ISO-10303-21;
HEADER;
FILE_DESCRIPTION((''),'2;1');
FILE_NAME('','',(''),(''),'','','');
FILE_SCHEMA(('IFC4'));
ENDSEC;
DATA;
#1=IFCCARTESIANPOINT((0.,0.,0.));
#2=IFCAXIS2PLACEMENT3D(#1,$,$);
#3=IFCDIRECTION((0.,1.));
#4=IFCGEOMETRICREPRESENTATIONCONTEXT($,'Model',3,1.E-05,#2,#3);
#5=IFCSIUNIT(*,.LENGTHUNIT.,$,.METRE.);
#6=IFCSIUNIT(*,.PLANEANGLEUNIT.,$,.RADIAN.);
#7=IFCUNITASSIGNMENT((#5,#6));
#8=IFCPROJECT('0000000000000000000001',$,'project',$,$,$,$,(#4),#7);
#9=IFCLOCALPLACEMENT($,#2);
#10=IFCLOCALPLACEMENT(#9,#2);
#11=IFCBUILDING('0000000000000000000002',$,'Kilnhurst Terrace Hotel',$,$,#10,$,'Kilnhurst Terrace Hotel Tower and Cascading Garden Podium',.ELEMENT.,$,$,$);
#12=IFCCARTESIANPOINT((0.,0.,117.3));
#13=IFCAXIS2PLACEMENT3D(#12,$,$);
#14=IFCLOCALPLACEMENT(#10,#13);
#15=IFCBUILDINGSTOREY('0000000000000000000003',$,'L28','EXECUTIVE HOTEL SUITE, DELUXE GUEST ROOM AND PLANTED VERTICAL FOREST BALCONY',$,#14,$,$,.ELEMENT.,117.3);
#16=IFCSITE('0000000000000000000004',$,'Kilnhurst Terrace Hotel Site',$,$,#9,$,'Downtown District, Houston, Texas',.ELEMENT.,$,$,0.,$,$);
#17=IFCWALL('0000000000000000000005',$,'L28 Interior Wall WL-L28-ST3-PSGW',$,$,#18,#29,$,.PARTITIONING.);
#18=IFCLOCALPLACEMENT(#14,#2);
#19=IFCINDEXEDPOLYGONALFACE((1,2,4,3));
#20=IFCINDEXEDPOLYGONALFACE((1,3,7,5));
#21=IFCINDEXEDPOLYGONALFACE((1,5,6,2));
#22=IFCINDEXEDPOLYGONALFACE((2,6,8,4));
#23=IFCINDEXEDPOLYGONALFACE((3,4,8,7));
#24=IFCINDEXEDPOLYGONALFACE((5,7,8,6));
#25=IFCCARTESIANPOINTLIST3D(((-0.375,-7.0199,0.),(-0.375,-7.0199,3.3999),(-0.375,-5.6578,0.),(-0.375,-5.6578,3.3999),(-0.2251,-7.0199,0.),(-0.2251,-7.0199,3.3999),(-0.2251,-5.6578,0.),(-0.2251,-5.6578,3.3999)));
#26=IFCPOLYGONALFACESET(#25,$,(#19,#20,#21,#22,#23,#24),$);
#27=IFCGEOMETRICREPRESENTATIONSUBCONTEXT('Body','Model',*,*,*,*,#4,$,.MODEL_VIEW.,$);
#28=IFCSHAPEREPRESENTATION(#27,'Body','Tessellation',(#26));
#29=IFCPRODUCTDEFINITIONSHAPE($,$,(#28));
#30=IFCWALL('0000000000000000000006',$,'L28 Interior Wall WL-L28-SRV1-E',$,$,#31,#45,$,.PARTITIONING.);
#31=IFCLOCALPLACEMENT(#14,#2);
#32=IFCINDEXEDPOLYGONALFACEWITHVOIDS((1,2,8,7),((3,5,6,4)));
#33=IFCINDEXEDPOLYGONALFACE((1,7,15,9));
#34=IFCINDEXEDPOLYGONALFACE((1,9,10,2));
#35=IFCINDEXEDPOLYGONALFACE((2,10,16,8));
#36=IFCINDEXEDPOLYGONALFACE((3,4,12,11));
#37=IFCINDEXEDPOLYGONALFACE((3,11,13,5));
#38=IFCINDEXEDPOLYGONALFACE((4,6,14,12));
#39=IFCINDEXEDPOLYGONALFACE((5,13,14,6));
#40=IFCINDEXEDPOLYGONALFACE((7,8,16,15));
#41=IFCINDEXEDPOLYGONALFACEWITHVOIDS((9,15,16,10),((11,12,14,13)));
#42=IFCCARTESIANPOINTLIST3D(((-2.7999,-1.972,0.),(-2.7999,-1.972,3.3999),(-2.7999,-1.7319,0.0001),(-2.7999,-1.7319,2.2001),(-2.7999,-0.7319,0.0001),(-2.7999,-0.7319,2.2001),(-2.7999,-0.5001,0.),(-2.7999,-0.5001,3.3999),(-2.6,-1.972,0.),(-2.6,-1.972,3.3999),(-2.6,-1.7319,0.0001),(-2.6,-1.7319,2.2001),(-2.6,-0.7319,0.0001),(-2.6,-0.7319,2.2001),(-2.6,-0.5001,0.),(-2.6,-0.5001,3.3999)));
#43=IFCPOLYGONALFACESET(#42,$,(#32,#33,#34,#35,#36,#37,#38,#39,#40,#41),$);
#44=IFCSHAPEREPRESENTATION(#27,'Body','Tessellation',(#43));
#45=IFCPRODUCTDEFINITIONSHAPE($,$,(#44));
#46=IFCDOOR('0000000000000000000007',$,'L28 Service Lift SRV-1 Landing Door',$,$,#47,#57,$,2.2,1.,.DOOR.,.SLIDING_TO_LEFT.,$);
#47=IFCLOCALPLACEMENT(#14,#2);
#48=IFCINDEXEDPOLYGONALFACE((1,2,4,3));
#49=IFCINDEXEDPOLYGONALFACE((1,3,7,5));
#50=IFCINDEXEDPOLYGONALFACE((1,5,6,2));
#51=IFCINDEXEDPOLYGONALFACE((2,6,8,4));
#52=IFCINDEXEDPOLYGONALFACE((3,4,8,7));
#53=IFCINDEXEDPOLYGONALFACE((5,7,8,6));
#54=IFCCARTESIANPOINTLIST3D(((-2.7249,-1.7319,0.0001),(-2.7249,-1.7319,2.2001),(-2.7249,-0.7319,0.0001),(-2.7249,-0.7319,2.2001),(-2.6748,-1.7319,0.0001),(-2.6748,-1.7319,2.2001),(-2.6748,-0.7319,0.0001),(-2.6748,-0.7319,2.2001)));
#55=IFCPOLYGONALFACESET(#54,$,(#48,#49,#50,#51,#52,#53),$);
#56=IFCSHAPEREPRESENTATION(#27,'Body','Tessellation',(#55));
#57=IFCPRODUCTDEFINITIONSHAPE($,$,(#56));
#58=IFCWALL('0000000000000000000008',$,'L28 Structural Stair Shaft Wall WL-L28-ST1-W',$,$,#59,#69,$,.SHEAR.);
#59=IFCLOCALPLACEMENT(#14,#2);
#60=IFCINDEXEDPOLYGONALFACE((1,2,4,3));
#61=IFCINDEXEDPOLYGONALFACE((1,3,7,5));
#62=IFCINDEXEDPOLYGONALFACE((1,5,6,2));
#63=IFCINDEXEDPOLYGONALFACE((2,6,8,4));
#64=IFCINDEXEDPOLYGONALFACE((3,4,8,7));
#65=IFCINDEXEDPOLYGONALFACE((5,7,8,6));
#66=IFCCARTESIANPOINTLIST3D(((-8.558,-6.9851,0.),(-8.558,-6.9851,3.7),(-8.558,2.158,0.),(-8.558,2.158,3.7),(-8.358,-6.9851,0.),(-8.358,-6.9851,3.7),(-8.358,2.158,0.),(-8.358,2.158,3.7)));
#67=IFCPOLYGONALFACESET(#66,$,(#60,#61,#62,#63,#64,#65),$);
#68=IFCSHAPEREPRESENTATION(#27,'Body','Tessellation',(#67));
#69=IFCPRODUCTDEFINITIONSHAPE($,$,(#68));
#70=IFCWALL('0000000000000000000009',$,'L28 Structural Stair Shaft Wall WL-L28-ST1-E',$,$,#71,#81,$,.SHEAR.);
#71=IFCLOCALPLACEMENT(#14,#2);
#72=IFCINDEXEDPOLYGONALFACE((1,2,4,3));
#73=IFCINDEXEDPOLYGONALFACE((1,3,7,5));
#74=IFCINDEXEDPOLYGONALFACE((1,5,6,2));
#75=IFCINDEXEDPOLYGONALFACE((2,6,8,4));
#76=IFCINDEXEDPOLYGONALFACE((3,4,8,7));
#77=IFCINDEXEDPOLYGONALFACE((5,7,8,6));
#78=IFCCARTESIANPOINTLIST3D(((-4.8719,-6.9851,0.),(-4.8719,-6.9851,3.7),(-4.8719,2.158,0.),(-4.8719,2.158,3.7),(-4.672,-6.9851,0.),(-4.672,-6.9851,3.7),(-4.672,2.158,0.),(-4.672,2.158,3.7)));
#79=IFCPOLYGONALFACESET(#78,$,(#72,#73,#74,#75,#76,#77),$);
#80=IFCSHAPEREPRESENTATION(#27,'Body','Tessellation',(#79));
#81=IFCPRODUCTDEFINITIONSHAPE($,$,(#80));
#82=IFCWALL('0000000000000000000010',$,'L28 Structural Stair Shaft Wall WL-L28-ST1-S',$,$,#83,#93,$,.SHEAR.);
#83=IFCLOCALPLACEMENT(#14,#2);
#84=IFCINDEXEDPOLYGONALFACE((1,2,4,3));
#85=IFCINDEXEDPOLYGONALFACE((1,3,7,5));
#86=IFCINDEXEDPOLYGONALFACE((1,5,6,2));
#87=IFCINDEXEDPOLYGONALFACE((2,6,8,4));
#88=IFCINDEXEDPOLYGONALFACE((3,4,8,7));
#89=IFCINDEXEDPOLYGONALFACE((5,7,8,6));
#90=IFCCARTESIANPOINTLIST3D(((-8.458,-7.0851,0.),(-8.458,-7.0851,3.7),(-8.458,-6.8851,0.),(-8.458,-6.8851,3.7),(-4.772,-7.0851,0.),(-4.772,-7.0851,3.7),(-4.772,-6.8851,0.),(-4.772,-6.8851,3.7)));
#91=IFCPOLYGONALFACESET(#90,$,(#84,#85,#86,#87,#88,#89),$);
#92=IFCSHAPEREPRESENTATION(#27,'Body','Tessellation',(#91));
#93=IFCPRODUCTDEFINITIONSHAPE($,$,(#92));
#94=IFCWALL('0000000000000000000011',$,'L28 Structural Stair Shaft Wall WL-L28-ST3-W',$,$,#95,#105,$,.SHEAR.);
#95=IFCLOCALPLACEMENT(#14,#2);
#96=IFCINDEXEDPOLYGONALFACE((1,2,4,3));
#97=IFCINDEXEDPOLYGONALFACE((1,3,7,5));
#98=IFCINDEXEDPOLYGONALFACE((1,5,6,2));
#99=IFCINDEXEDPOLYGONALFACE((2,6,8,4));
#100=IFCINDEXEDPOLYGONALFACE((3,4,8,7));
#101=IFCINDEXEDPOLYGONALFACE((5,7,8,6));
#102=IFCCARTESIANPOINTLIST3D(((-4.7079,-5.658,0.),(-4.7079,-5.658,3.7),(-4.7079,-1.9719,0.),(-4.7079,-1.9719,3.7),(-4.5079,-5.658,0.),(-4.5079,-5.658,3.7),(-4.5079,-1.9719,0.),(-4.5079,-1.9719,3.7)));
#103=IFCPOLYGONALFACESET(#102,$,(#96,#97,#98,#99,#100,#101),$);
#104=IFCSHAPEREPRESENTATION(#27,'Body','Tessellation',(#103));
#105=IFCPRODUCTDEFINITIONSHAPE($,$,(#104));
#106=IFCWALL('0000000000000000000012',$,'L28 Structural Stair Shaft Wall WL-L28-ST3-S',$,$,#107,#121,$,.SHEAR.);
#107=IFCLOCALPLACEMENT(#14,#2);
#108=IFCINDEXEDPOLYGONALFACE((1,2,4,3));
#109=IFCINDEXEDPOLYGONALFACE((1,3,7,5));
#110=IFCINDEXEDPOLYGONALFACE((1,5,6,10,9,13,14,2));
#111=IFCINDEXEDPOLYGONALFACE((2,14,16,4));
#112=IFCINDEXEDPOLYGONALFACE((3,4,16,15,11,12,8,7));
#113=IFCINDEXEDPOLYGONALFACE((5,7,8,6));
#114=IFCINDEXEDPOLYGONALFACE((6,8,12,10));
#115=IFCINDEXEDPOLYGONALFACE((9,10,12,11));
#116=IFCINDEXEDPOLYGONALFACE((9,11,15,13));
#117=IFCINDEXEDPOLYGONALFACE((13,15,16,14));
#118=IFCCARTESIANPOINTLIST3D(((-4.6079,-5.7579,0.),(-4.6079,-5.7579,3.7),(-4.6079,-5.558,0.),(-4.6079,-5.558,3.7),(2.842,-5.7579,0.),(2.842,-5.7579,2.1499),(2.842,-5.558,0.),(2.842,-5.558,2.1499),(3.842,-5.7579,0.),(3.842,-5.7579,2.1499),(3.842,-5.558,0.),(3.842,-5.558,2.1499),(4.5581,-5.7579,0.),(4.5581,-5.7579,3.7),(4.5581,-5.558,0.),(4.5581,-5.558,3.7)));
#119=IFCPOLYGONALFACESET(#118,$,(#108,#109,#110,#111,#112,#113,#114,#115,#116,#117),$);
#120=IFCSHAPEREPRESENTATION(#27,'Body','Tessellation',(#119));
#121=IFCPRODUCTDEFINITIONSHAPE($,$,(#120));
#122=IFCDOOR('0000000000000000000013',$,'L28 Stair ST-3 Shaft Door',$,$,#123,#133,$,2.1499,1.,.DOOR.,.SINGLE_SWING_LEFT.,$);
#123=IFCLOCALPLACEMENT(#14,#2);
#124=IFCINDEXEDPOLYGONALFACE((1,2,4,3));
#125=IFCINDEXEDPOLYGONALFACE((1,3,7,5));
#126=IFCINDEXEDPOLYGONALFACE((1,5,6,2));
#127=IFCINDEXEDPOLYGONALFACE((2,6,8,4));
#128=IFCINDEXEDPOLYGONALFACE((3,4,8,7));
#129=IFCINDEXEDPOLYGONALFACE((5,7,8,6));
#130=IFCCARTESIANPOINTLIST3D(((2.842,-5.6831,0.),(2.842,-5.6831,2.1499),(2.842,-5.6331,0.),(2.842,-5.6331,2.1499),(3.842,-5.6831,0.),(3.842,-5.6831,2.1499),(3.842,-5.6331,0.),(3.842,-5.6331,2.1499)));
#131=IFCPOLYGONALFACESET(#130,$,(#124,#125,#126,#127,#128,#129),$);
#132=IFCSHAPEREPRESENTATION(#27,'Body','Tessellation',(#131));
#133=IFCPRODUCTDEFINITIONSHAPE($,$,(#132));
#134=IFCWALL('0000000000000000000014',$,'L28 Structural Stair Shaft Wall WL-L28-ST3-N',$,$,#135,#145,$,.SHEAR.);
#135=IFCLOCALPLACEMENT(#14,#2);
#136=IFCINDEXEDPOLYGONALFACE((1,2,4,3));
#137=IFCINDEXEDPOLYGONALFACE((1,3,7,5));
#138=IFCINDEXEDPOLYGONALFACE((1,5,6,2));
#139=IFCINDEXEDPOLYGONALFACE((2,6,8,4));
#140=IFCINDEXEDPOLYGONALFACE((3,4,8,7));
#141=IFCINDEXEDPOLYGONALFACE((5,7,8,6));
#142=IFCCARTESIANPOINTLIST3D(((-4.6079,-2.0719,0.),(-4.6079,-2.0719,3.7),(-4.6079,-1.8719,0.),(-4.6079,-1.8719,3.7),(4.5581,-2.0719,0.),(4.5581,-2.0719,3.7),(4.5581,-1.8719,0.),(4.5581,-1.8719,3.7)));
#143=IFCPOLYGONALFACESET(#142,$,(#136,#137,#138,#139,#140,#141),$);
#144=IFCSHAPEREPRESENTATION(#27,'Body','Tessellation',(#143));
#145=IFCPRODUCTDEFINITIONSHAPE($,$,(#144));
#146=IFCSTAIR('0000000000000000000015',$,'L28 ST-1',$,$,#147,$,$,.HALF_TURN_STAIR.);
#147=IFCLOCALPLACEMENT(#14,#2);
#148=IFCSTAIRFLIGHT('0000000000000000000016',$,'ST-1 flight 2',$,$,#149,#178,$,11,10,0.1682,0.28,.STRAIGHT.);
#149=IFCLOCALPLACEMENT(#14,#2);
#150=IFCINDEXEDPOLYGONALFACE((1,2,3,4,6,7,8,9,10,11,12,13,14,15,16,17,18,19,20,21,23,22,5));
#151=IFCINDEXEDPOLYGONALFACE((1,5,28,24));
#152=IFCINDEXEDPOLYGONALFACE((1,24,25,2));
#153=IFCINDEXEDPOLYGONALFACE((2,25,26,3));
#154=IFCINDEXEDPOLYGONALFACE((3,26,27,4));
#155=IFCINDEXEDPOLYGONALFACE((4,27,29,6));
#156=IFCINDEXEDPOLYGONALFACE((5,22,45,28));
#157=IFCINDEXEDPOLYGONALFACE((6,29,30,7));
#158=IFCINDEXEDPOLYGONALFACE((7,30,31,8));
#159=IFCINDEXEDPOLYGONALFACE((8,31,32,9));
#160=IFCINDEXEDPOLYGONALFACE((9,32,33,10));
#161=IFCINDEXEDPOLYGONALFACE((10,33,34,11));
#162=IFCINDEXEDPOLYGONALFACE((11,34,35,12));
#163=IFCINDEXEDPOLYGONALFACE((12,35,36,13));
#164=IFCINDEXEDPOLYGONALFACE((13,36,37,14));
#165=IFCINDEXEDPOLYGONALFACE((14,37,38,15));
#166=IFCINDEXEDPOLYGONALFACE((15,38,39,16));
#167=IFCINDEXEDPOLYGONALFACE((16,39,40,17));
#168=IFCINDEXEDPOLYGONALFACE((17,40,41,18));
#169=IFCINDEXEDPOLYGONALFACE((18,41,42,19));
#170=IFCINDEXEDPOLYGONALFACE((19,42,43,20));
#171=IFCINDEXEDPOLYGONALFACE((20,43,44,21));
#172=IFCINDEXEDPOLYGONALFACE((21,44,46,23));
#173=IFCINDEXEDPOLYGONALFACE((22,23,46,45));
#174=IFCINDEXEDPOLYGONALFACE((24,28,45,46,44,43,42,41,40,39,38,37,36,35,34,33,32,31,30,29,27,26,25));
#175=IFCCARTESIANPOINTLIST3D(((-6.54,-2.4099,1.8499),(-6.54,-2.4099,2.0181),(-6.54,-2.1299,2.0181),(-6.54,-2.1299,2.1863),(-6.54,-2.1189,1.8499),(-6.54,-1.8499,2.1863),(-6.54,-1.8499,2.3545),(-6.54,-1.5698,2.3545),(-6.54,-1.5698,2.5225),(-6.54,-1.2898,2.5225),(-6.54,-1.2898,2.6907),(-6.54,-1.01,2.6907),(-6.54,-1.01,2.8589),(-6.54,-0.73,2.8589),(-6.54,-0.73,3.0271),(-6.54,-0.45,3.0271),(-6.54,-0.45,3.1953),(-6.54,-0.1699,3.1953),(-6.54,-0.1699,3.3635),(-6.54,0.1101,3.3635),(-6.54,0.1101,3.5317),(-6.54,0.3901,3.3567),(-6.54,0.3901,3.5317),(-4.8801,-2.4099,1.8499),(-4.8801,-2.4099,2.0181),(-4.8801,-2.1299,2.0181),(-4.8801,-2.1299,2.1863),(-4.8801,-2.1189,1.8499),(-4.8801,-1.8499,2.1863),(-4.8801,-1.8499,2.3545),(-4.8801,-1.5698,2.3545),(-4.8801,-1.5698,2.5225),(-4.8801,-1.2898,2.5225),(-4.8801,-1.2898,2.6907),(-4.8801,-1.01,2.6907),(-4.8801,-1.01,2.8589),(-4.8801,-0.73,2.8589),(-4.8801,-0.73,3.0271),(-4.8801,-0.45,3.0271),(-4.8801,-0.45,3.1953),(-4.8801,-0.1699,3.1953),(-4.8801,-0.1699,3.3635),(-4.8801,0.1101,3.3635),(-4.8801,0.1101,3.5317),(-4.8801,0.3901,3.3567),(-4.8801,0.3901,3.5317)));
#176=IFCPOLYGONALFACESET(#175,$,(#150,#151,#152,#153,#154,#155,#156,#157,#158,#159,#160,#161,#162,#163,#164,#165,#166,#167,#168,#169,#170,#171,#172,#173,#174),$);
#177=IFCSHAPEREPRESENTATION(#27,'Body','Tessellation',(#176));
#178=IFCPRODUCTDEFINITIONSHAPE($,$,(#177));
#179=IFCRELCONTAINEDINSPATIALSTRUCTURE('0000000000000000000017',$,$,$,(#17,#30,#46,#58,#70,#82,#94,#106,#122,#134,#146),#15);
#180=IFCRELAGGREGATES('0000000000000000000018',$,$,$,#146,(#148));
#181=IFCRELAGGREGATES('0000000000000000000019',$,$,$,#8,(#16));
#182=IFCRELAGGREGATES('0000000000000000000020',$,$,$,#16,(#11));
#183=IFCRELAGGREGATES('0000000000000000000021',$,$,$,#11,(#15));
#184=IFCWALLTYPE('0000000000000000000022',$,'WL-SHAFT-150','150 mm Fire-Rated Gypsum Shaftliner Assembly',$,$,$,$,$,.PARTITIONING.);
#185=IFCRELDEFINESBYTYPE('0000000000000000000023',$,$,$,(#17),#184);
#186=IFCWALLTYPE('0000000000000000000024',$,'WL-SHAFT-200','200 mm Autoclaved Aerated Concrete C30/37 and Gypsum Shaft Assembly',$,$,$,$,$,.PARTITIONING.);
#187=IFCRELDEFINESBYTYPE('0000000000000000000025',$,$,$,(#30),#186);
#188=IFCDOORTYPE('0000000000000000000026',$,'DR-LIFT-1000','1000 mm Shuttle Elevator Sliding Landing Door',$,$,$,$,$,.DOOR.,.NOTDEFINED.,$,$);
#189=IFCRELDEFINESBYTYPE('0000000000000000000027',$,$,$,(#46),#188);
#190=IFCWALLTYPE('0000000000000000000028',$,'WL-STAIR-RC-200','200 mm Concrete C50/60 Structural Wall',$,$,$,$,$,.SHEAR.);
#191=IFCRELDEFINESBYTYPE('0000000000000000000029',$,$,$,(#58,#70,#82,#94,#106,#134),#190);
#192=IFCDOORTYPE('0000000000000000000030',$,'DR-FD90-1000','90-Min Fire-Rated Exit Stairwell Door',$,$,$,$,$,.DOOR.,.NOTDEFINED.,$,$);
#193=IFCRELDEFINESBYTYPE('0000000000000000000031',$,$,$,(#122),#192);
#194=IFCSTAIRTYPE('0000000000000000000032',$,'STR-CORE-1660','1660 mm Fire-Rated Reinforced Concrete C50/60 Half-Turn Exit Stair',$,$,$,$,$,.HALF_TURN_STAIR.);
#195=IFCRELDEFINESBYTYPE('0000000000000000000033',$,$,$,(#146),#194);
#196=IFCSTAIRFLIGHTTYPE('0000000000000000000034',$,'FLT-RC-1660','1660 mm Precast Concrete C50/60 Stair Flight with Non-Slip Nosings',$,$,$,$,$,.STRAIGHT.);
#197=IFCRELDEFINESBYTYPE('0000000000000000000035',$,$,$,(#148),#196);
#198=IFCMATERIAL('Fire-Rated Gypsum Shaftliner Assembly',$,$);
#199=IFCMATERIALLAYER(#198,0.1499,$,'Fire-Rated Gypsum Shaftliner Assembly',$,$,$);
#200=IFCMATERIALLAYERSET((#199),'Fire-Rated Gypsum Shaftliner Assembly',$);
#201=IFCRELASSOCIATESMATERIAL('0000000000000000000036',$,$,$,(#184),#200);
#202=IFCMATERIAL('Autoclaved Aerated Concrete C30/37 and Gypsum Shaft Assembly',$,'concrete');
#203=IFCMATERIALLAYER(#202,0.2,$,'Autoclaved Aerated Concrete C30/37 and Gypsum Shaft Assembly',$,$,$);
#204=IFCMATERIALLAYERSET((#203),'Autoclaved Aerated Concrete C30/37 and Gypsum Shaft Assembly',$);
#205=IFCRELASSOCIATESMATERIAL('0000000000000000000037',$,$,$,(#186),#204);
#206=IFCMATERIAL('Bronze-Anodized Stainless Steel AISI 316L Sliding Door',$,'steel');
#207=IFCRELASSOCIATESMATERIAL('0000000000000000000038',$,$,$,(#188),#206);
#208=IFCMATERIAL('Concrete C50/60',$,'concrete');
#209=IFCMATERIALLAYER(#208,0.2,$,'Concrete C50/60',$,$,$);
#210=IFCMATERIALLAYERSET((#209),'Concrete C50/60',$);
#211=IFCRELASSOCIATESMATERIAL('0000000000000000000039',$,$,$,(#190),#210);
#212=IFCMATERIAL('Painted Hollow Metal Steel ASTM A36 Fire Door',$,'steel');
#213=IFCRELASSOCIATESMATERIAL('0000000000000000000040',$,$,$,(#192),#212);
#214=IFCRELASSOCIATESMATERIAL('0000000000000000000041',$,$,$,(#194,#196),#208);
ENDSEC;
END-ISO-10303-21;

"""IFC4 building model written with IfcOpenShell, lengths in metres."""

from ifc_helpers import new_model, si_unit, direction, frame, frame_2d, origin, place, context, subcontext, project, spatial, polyline, rectangle, outline, extrude, material, layer, layer_set, type_object, element, fill, aggregate, save


model = new_model("IFC4")

# Units and contexts
model_context = context("Model", 3, precision=1e-05, world=origin(), true_north=direction((0.0, 1.0)))
body_context = subcontext(model_context, "Body", "Model", "MODEL_VIEW")
ifc_project = project(units=[si_unit("LENGTHUNIT", "METRE"), si_unit("PLANEANGLEUNIT", "RADIAN")], contexts=[model_context])

# Site, building, storey
site_placement = place(None, origin())
site = spatial("IfcSite", under=ifc_project, at=site_placement, Name="Kilnhurst Terrace Hotel Site", LongName="Downtown District, Houston, Texas", CompositionType="ELEMENT", RefElevation=0.0)
building_placement = place(site_placement, origin())
building = spatial("IfcBuilding", under=site, at=building_placement, Name="Kilnhurst Terrace Hotel", LongName="Kilnhurst Terrace Hotel Tower and Cascading Garden Podium", CompositionType="ELEMENT")
storey_placement = place(building_placement, frame((0.0, 0.0, 117.3)))
storey = spatial("IfcBuildingStorey", under=building, at=storey_placement, Name="L28", Description="EXECUTIVE HOTEL SUITE, DELUXE GUEST ROOM AND PLANTED VERTICAL FOREST BALCONY", CompositionType="ELEMENT", Elevation=117.3)

# Shared definitions
ifc_material_1 = material(Name="Painted Hollow Metal Steel ASTM A36 Fire Door", Category="steel")

# Wall
ifc_material_2 = material(Name="Fire-Rated Gypsum Shaftliner Assembly")
ifc_layer_1 = layer(ifc_material_2, 0.1499, Name="Fire-Rated Gypsum Shaftliner Assembly")
ifc_layer_set_1 = layer_set([ifc_layer_1], Name="Fire-Rated Gypsum Shaftliner Assembly")
wall_type_1 = type_object("IfcWallType", Name="WL-SHAFT-150", Description="150 mm Fire-Rated Gypsum Shaftliner Assembly", PredefinedType="PARTITIONING", material=ifc_layer_set_1)
wall_1_placement = place(storey_placement, frame((-0.3, -7.02, 0.0), z_axis=(0.0, 0.0, 1.0), x_axis=(0.0, 1.0, 0.0)))
element("IfcWall", 1, at=wall_1_placement, inside=storey, type_object=wall_type_1, Name="L28 Interior Wall WL-L28-ST3-PSGW", PredefinedType="PARTITIONING", context=body_context, shape_type="SweptSolid", body=[
    extrude(rectangle(XDim=1.3621, YDim=0.1499, at=frame_2d((0.6812, 0.0))), origin(), (0.0, 0.0, 1.0), 3.3999),
])

# Wall, opening, door
ifc_material_3 = material(Name="Autoclaved Aerated Concrete C30/37 and Gypsum Shaft Assembly", Category="concrete")
ifc_layer_2 = layer(ifc_material_3, 0.2, Name="Autoclaved Aerated Concrete C30/37 and Gypsum Shaft Assembly")
ifc_layer_set_2 = layer_set([ifc_layer_2], Name="Autoclaved Aerated Concrete C30/37 and Gypsum Shaft Assembly")
wall_type_2 = type_object("IfcWallType", Name="WL-SHAFT-200", Description="200 mm Autoclaved Aerated Concrete C30/37 and Gypsum Shaft Assembly", PredefinedType="PARTITIONING", material=ifc_layer_set_2)
wall_2_placement = place(storey_placement, frame((-2.7, -1.9719, 0.0), z_axis=(0.0, 0.0, 1.0), x_axis=(0.0, 1.0, 0.0)))
wall_2 = element("IfcWall", 2, at=wall_2_placement, inside=storey, type_object=wall_type_2, Name="L28 Interior Wall WL-L28-SRV1-E", PredefinedType="PARTITIONING", context=body_context, shape_type="SweptSolid", body=[
    extrude(rectangle(XDim=1.4719, YDim=0.2, at=frame_2d((0.7358, 0.0))), origin(), (0.0, 0.0, 1.0), 3.3999),
])
opening_1_placement = place(wall_2_placement, frame((0.24, 0.0, 0.0)))
opening_1 = element("IfcOpeningElement", 3, at=opening_1_placement, cuts=wall_2, PredefinedType="OPENING", context=body_context, shape_type="SweptSolid", body=[
    extrude(rectangle(XDim=1.0, YDim=2.2, at=frame_2d((0.5, 1.1001))), frame((0.0, 0.1099, 0.0), z_axis=(0.0, -1.0, 0.0), x_axis=(1.0, 0.0, 0.0)), (0.0, 0.0, 1.0), 0.22),
])
ifc_material_4 = material(Name="Bronze-Anodized Stainless Steel AISI 316L Sliding Door", Category="steel")
door_type_1 = type_object("IfcDoorType", Name="DR-LIFT-1000", Description="1000 mm Shuttle Elevator Sliding Landing Door", OperationType="NOTDEFINED", PredefinedType="DOOR", material=ifc_material_4)
door_1_placement = place(opening_1_placement, origin())
door_1 = element("IfcDoor", 4, at=door_1_placement, inside=storey, type_object=door_type_1, Name="L28 Service Lift SRV-1 Landing Door", OperationType="SLIDING_TO_LEFT", OverallHeight=2.2, OverallWidth=1.0, PredefinedType="DOOR", context=body_context, shape_type="SweptSolid", body=[
    extrude(rectangle(XDim=1.0, YDim=2.2, at=frame_2d((0.5, 1.1001))), frame((0.0, 0.0249, 0.0), z_axis=(0.0, -1.0, 0.0), x_axis=(1.0, 0.0, 0.0)), (0.0, 0.0, 1.0), 0.05),
])
fill(opening_1, door_1)

# Walls
ifc_material_5 = material(Name="Concrete C50/60", Category="concrete")
ifc_layer_3 = layer(ifc_material_5, 0.2, Name="Concrete C50/60")
ifc_layer_set_3 = layer_set([ifc_layer_3], Name="Concrete C50/60")
wall_type_3 = type_object("IfcWallType", Name="WL-STAIR-RC-200", Description="200 mm Concrete C50/60 Structural Wall", PredefinedType="SHEAR", material=ifc_layer_set_3)
for number, where, z_axis, x_axis, name in (
    (5, (-8.458, -6.9851, 0.0), (0.0, 0.0, 1.0), (0.0, 1.0, 0.0), "L28 Structural Stair Shaft Wall WL-L28-ST1-W"),
    (6, (-4.772, -6.9851, 0.0), (0.0, 0.0, 1.0), (0.0, 1.0, 0.0), "L28 Structural Stair Shaft Wall WL-L28-ST1-E"),
):
    element("IfcWall", number, at=place(storey_placement, frame(where, z_axis=z_axis, x_axis=x_axis)), inside=storey, type_object=wall_type_3, Name=name, PredefinedType="SHEAR", context=body_context, shape_type="SweptSolid", body=[
        extrude(rectangle(XDim=9.1431, YDim=0.2, at=frame_2d((4.5715, 0.0))), origin(), (0.0, 0.0, 1.0), 3.7),
    ])
for number, where, z_axis, x_axis, name in (
    (7, (-8.458, -6.9851, 0.0), (0.0, 0.0, 1.0), (1.0, 0.0, 0.0), "L28 Structural Stair Shaft Wall WL-L28-ST1-S"),
    (8, (-4.6079, -5.658, 0.0), (0.0, 0.0, 1.0), (0.0, 1.0, 0.0), "L28 Structural Stair Shaft Wall WL-L28-ST3-W"),
):
    element("IfcWall", number, at=place(storey_placement, frame(where, z_axis=z_axis, x_axis=x_axis)), inside=storey, type_object=wall_type_3, Name=name, PredefinedType="SHEAR", context=body_context, shape_type="SweptSolid", body=[
        extrude(rectangle(XDim=3.686, YDim=0.2, at=frame_2d((1.843, 0.0))), origin(), (0.0, 0.0, 1.0), 3.7),
    ])

# Wall, opening, door
wall_3_placement = place(storey_placement, frame((-4.6079, -5.658, 0.0), z_axis=(0.0, 0.0, 1.0), x_axis=(1.0, 0.0, 0.0)))
wall_3 = element("IfcWall", 9, at=wall_3_placement, inside=storey, type_object=wall_type_3, Name="L28 Structural Stair Shaft Wall WL-L28-ST3-S", PredefinedType="SHEAR", context=body_context, shape_type="SweptSolid", body=[
    extrude(rectangle(XDim=9.166, YDim=0.2, at=frame_2d((4.583, 0.0))), origin(), (0.0, 0.0, 1.0), 3.7),
])
opening_2_placement = place(wall_3_placement, frame((7.45, 0.0, 0.0)))
opening_2 = element("IfcOpeningElement", 10, at=opening_2_placement, cuts=wall_3, PredefinedType="OPENING", context=body_context, shape_type="SweptSolid", body=[
    extrude(rectangle(XDim=1.0, YDim=2.1499, at=frame_2d((0.5, 1.075))), frame((0.0, 0.1099, 0.0), z_axis=(0.0, -1.0, 0.0), x_axis=(1.0, 0.0, 0.0)), (0.0, 0.0, 1.0), 0.22),
])
door_type_2 = type_object("IfcDoorType", Name="DR-FD90-1000", Description="90-Min Fire-Rated Exit Stairwell Door", OperationType="NOTDEFINED", PredefinedType="DOOR", material=ifc_material_1)
door_2_placement = place(opening_2_placement, origin())
door_2 = element("IfcDoor", 11, at=door_2_placement, inside=storey, type_object=door_type_2, Name="L28 Stair ST-3 Shaft Door", OperationType="SINGLE_SWING_LEFT", OverallHeight=2.1499, OverallWidth=1.0, PredefinedType="DOOR", context=body_context, shape_type="SweptSolid", body=[
    extrude(rectangle(XDim=1.0, YDim=2.1499, at=frame_2d((0.5, 1.075))), frame((0.0, 0.0249, 0.0), z_axis=(0.0, -1.0, 0.0), x_axis=(1.0, 0.0, 0.0)), (0.0, 0.0, 1.0), 0.05),
])
fill(opening_2, door_2)

# Wall
wall_4_placement = place(storey_placement, frame((-4.6079, -1.9719, 0.0), z_axis=(0.0, 0.0, 1.0), x_axis=(1.0, 0.0, 0.0)))
element("IfcWall", 12, at=wall_4_placement, inside=storey, type_object=wall_type_3, Name="L28 Structural Stair Shaft Wall WL-L28-ST3-N", PredefinedType="SHEAR", context=body_context, shape_type="SweptSolid", body=[
    extrude(rectangle(XDim=9.166, YDim=0.2, at=frame_2d((4.583, 0.0))), origin(), (0.0, 0.0, 1.0), 3.7),
])

# Stair, stair flight
stair_type = type_object("IfcStairType", Name="STR-CORE-1660", Description="1660 mm Fire-Rated Reinforced Concrete C50/60 Half-Turn Exit Stair", PredefinedType="HALF_TURN_STAIR", material=ifc_material_5)
stair_1_placement = place(storey_placement, origin())
stair_1 = element("IfcStair", 13, at=stair_1_placement, inside=storey, type_object=stair_type, Name="L28 ST-1", PredefinedType="HALF_TURN_STAIR")
stair_flight_type = type_object("IfcStairFlightType", Name="FLT-RC-1660", Description="1660 mm Precast Concrete C50/60 Stair Flight with Non-Slip Nosings", PredefinedType="STRAIGHT", material=ifc_material_5)
stair_flight_1_placement = place(storey_placement, frame((-5.71, -2.4099, 1.8499), z_axis=(0.0, 0.0, 1.0), x_axis=(0.0, 1.0, 0.0)))
stair_flight_1 = element("IfcStairFlight", 14, at=stair_flight_1_placement, type_object=stair_flight_type, Name="ST-1 flight 2", NumberOfRisers=11, NumberOfTreads=10, PredefinedType="STRAIGHT", RiserHeight=0.1682, TreadLength=0.28, context=body_context, shape_type="SweptSolid", body=[
    extrude(outline(polyline([(0.0, 0.0), (0.0, 0.1682), (0.28, 0.1682), (0.28, 0.3364), (0.5601, 0.3364), (0.5601, 0.5046), (0.8401, 0.5046), (0.8401, 0.6726), (1.1201, 0.6726), (1.1201, 0.8408), (1.3999, 0.8408), (1.3999, 1.009), (1.6799, 1.009), (1.6799, 1.1772), (1.96, 1.1772), (1.96, 1.3455), (2.24, 1.3455), (2.24, 1.5137), (2.52, 1.5137), (2.52, 1.6819), (2.8, 1.6819), (2.8, 1.8501), (2.8, 1.5068), (0.291, 0.0), (0.0, 0.0)])), frame((0.0, 0.8301, 0.0), z_axis=(0.0, -1.0, 0.0), x_axis=(1.0, 0.0, 0.0)), (0.0, 0.0, 1.0), 1.6599),
])
aggregate(stair_1, [stair_flight_1])

save(model, "model.ifc")
